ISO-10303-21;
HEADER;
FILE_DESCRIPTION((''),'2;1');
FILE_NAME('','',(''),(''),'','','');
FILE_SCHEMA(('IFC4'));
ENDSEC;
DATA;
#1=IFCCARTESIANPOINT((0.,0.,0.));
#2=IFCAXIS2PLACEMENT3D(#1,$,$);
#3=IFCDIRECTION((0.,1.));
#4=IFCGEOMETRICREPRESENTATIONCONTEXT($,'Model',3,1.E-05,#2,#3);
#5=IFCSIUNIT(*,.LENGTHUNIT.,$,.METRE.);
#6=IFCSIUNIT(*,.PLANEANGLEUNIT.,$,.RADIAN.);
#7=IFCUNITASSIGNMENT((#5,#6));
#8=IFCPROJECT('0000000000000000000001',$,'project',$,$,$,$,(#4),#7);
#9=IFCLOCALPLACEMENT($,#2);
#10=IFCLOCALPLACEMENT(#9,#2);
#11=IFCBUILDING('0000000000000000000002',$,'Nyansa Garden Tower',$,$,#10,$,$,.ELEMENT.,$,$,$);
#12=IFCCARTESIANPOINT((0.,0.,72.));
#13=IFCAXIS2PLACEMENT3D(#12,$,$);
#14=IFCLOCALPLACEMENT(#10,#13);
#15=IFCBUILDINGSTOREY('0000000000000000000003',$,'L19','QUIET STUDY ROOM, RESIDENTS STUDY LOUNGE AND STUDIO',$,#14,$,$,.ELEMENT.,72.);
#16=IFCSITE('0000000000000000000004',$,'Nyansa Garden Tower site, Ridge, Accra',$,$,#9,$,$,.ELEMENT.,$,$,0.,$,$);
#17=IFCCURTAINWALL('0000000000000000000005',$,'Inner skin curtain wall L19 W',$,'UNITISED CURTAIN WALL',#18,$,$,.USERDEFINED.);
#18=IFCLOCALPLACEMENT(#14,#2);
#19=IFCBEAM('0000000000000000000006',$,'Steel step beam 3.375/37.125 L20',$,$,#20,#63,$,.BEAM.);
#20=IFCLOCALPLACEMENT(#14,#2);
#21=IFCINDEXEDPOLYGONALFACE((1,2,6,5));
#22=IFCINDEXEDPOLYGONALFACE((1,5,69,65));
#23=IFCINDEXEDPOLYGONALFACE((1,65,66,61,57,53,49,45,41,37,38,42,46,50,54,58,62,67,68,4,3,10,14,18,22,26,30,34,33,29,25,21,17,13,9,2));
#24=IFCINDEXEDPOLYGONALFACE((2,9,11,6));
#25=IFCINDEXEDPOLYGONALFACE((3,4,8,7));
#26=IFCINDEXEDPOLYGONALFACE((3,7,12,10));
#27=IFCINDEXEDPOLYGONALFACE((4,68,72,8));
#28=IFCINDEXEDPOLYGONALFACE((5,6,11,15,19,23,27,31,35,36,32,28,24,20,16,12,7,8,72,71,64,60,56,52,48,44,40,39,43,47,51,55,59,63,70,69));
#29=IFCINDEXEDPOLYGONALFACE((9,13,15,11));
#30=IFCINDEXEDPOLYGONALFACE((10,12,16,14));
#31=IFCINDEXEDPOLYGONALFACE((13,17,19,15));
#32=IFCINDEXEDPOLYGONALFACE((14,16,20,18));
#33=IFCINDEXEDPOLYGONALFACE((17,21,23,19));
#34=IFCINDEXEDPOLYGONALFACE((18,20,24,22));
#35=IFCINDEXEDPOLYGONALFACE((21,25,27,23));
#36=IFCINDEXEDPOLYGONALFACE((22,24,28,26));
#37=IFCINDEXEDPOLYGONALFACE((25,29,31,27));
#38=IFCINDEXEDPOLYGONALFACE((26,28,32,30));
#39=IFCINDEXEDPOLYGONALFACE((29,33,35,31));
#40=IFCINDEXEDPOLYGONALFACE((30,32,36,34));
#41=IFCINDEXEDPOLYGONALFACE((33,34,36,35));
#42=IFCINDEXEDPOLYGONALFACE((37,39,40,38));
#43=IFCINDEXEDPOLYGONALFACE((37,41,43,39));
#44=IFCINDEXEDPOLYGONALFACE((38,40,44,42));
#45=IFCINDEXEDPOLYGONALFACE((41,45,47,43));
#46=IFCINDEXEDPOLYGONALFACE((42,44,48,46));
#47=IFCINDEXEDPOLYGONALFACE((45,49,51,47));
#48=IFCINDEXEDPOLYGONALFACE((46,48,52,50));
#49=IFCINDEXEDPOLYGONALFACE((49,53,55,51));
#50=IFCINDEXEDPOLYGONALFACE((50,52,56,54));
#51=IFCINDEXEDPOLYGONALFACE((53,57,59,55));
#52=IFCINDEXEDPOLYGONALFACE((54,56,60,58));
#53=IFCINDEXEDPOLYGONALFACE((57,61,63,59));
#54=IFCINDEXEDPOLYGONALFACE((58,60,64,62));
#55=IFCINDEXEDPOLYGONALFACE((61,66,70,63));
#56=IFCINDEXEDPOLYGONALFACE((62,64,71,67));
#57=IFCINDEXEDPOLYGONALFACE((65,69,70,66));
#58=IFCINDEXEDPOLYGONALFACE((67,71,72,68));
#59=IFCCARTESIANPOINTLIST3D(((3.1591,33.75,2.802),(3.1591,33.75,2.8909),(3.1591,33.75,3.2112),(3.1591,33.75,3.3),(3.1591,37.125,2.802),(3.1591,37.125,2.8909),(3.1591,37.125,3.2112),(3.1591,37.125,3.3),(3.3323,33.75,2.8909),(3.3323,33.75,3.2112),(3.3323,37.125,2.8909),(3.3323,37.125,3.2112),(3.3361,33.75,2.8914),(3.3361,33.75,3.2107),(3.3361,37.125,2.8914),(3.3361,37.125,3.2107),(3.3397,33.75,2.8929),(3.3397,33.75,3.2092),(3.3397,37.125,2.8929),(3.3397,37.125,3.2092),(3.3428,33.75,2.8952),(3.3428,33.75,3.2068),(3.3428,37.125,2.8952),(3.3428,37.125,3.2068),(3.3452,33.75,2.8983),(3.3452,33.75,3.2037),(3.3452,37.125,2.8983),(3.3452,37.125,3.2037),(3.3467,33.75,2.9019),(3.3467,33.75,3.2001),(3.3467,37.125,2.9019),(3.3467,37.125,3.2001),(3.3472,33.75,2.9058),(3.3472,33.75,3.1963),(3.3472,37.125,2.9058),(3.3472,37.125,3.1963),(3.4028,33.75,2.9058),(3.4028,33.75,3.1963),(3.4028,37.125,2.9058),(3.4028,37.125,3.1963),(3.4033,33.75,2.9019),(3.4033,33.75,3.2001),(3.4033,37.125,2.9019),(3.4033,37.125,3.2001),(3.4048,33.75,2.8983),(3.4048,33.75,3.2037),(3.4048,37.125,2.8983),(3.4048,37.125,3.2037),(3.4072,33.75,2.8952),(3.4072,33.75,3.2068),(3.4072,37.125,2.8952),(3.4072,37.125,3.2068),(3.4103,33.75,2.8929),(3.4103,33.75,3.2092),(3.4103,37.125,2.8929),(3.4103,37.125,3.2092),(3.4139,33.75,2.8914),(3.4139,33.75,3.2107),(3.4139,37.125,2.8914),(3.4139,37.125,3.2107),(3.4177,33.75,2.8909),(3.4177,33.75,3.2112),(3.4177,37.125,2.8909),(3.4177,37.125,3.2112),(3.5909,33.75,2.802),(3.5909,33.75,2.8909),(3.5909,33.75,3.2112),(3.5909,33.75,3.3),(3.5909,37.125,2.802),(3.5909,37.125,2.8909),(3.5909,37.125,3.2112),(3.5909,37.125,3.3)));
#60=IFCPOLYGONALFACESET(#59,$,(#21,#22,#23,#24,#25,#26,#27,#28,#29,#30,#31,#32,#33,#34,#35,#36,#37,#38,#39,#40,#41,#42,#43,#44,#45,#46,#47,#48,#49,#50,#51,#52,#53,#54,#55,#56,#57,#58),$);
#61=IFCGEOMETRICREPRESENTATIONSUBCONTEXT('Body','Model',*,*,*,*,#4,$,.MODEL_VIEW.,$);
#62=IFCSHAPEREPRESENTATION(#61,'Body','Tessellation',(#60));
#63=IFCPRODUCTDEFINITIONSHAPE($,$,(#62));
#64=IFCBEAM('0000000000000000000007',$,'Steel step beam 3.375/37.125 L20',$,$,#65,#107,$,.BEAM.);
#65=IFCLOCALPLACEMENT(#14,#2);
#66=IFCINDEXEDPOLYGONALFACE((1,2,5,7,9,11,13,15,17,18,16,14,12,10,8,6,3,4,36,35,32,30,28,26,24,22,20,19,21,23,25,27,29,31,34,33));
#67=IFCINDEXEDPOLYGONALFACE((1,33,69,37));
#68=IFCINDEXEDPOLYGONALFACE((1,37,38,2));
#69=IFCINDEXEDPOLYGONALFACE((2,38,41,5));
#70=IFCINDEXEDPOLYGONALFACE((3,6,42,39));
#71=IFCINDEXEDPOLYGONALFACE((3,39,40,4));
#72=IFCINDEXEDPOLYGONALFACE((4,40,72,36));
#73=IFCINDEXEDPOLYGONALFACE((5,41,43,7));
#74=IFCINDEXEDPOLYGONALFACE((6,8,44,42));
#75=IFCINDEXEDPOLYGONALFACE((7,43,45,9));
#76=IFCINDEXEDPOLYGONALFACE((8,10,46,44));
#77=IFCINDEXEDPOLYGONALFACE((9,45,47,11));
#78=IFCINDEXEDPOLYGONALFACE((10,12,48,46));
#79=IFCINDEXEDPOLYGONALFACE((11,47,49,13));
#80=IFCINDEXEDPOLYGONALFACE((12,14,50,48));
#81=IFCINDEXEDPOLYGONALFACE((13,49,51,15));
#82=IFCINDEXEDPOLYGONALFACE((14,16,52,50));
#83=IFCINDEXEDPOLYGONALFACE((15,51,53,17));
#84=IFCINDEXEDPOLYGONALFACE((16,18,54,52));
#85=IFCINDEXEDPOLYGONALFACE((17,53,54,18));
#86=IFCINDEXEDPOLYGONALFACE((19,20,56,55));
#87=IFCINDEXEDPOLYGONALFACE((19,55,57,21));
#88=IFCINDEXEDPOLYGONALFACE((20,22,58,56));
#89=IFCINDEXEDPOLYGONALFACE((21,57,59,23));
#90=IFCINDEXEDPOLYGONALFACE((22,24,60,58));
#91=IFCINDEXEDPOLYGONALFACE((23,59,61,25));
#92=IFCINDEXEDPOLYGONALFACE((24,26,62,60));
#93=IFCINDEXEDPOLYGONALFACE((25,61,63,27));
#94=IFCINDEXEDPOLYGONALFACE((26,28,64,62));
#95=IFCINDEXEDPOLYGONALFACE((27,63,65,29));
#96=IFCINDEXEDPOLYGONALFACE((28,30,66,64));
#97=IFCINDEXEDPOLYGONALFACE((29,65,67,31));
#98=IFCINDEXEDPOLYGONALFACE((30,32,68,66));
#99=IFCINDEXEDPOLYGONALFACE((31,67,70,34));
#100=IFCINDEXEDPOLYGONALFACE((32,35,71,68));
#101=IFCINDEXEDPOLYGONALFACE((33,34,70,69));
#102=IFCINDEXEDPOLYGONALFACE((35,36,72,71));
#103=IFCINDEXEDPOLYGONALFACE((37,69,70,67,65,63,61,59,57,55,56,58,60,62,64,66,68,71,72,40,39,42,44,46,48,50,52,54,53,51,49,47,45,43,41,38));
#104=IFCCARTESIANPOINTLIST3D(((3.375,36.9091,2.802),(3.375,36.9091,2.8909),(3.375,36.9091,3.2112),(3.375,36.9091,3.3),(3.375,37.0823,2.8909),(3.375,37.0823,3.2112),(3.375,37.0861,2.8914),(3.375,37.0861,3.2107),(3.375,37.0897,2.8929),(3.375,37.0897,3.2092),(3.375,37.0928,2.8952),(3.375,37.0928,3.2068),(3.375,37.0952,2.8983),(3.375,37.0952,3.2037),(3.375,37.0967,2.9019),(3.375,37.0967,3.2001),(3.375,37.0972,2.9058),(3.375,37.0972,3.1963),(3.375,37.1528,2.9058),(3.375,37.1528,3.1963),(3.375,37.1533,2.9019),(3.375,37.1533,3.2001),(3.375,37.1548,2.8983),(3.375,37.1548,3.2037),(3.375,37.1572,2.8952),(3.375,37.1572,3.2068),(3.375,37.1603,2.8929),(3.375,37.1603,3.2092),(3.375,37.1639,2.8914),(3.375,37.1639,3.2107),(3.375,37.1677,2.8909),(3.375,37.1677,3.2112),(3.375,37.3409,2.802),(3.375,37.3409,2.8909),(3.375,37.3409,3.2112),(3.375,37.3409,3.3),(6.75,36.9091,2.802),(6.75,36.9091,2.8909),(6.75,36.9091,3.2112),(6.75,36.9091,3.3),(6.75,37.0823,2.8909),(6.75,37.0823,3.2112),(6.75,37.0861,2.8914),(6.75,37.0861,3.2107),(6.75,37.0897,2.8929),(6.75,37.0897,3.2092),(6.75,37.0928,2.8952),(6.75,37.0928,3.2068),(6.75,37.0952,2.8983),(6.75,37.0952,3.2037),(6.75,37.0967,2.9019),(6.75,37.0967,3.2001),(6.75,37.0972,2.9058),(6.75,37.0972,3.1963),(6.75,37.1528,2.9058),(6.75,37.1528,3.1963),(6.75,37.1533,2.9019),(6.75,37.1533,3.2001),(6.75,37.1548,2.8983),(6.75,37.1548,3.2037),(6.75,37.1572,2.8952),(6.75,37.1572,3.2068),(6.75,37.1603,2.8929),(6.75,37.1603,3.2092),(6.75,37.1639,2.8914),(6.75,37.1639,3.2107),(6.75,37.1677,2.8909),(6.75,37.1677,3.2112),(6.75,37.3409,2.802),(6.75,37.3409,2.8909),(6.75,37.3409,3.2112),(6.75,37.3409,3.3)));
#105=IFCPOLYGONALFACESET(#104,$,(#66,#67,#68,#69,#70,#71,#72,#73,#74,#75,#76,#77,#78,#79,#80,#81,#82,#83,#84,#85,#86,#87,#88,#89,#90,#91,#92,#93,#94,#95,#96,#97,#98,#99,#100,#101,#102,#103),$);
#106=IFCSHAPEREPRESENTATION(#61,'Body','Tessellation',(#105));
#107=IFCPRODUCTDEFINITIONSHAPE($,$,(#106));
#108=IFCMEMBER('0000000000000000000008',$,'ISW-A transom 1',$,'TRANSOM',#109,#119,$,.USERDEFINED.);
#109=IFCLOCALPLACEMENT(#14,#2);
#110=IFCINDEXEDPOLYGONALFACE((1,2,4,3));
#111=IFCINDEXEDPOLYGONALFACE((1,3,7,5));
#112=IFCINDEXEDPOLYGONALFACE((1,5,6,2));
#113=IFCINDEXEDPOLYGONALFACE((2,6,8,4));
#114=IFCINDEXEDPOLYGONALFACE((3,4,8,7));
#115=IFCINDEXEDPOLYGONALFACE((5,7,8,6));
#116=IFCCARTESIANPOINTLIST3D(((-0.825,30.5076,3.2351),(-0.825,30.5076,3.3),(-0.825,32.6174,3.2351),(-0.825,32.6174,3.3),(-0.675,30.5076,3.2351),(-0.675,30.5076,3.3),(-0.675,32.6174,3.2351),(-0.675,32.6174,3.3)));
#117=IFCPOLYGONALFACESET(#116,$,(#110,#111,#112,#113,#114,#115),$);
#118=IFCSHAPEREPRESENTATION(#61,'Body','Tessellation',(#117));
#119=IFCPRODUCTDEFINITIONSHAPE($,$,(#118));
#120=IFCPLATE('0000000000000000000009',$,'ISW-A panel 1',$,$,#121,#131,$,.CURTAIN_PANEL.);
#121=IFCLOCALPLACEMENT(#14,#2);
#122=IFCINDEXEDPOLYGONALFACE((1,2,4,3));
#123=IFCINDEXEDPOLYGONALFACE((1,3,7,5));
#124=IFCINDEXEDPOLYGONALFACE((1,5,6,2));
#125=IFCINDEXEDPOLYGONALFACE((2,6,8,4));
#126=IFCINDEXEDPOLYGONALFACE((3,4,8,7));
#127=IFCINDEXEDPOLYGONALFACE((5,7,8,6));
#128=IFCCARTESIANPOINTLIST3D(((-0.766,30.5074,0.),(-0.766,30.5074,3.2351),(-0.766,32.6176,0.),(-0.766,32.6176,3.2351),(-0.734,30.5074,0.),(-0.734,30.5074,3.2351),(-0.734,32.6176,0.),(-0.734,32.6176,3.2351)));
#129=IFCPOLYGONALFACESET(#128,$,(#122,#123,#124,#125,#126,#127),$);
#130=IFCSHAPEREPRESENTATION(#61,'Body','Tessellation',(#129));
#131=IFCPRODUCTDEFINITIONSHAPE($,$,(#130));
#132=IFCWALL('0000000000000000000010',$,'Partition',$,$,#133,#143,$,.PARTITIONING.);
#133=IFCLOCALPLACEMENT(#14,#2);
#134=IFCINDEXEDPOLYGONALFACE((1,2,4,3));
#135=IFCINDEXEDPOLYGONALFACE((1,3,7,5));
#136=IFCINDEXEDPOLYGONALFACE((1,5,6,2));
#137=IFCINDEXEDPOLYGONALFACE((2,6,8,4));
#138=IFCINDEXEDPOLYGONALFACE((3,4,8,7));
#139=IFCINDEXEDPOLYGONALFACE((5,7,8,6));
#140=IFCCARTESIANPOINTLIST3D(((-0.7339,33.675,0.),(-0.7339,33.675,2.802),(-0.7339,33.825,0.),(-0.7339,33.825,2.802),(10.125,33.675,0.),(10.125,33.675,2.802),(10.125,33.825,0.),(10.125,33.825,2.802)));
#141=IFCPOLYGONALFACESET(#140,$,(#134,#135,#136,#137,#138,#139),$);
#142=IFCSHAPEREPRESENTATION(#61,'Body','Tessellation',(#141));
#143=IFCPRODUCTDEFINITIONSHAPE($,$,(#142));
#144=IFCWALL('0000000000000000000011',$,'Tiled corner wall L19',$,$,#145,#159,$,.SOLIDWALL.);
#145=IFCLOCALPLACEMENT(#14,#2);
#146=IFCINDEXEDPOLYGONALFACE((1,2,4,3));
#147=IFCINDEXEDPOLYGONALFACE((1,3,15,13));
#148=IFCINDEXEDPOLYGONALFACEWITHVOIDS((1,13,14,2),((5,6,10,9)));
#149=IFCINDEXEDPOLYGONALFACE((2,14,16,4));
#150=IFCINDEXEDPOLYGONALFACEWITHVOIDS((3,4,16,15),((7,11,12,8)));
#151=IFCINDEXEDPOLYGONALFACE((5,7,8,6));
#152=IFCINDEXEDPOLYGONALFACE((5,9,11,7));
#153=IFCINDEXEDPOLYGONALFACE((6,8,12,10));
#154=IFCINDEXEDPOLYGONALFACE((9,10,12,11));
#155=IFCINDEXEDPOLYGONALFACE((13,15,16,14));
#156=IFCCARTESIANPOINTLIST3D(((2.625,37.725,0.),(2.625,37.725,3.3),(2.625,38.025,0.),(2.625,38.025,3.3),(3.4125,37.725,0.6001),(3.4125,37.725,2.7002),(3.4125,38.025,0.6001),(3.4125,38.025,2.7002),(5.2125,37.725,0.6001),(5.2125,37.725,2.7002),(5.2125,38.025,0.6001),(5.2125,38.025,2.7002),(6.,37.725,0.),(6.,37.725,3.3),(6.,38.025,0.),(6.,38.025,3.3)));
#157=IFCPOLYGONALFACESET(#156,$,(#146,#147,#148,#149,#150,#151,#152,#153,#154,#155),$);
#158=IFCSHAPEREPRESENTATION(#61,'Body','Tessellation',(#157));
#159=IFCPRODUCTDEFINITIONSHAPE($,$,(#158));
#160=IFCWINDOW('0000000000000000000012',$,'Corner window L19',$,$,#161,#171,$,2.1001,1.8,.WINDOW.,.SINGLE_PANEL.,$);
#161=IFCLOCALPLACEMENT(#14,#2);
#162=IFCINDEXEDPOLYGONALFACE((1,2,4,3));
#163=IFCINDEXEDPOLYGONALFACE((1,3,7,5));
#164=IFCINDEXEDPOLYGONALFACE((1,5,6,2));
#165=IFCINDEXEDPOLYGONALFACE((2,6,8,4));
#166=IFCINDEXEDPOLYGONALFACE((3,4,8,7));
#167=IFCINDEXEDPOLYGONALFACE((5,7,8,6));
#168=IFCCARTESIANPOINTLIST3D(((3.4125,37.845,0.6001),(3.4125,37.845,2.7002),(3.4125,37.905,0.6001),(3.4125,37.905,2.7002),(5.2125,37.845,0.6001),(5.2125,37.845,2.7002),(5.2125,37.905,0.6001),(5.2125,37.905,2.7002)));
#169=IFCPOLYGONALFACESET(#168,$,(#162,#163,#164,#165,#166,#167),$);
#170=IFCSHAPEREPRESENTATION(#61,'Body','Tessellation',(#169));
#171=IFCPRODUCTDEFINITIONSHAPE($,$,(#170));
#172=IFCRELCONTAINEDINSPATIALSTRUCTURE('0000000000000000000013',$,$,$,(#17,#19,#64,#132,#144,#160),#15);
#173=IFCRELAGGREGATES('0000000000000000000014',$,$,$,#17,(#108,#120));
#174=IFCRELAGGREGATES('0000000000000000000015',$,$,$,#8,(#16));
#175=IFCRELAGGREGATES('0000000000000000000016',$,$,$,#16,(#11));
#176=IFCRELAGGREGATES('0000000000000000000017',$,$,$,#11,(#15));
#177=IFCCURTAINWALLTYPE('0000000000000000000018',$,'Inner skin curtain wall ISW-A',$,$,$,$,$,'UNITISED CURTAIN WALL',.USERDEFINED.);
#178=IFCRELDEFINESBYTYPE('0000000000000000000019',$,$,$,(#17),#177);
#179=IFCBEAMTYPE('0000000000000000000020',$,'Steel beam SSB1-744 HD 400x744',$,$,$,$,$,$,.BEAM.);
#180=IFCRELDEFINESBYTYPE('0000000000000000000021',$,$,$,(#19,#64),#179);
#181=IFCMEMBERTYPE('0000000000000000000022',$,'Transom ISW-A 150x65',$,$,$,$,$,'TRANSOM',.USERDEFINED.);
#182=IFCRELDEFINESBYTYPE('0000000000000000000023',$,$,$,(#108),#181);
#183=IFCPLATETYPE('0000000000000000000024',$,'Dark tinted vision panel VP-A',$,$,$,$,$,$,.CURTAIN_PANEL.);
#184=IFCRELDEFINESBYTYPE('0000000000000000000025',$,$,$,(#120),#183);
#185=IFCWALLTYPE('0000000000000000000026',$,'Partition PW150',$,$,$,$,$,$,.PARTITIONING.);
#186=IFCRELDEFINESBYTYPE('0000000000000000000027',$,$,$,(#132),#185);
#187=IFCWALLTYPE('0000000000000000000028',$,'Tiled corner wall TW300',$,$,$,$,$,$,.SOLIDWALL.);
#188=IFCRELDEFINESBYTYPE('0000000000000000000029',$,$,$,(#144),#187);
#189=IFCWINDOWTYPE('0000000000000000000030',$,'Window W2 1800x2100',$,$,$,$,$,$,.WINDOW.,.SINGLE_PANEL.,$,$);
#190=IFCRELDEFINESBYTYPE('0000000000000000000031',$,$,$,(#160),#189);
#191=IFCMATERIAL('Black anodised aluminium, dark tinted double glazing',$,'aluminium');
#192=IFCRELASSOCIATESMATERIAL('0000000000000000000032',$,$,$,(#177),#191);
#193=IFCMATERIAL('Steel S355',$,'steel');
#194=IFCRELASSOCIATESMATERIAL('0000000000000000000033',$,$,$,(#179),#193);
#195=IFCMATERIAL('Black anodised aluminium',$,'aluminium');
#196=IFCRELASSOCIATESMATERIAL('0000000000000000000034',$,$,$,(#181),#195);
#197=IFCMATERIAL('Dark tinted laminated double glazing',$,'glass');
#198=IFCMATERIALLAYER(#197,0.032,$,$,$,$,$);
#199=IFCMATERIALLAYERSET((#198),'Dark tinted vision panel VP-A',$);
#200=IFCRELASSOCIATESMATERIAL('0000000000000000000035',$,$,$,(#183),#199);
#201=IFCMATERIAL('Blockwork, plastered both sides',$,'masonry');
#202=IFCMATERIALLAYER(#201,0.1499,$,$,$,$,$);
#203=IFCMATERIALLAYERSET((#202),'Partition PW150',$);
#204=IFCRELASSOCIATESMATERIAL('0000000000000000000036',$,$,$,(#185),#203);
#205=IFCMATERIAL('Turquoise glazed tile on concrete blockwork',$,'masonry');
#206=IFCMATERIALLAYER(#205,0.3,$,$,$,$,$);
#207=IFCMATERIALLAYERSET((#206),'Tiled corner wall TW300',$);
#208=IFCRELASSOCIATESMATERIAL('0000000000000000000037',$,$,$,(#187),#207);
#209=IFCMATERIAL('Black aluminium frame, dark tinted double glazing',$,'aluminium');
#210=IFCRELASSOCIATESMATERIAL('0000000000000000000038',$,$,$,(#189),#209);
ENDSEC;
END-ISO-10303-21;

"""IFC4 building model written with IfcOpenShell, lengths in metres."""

from ifc_helpers import new_model, si_unit, direction, frame, frame_2d, origin, origin_2d, place, context, subcontext, project, spatial, rectangle, i_section, extrude, material, layer, layer_set, material_profile, profile_set, type_object, element, fill, aggregate, save


model = new_model("IFC4")

# Units and contexts
model_context = context("Model", 3, precision=1e-05, world=origin(), true_north=direction((0.0, 1.0)))
body_context = subcontext(model_context, "Body", "Model", "MODEL_VIEW")
ifc_project = project(units=[si_unit("LENGTHUNIT", "METRE"), si_unit("PLANEANGLEUNIT", "RADIAN")], contexts=[model_context])

# Site, building, storey
site_placement = place(None, origin())
site = spatial("IfcSite", under=ifc_project, at=site_placement, Name="Nyansa Garden Tower site, Ridge, Accra", CompositionType="ELEMENT", RefElevation=0.0)
building_placement = place(site_placement, origin())
building = spatial("IfcBuilding", under=site, at=building_placement, Name="Nyansa Garden Tower", CompositionType="ELEMENT")
storey_placement = place(building_placement, frame((0.0, 0.0, 72.0)))
storey = spatial("IfcBuildingStorey", under=building, at=storey_placement, Name="L19", Description="QUIET STUDY ROOM, RESIDENTS STUDY LOUNGE AND STUDIO", CompositionType="ELEMENT", Elevation=72.0)

# Curtain wall
ifc_material_1 = material(Name="Black anodised aluminium, dark tinted double glazing", Category="aluminium")
curtain_wall_type = type_object("IfcCurtainWallType", Name="Inner skin curtain wall ISW-A", ElementType="UNITISED CURTAIN WALL", PredefinedType="USERDEFINED", material=ifc_material_1)
curtain_wall_placement = place(storey_placement, origin())
curtain_wall = element("IfcCurtainWall", 1, at=curtain_wall_placement, inside=storey, type_object=curtain_wall_type, Name="Inner skin curtain wall L19 W", ObjectType="UNITISED CURTAIN WALL", PredefinedType="USERDEFINED")

# Beams
ifc_material_2 = material(Name="Steel S355", Category="steel")
ifc_material_profile_1 = material_profile(ifc_material_2, i_section(OverallWidth=0.4319, OverallDepth=0.498, WebThickness=0.0557, FlangeThickness=0.0889, FilletRadius=0.0149, at=origin_2d()), Name="HD 400x744")
ifc_profile_set_1 = profile_set([ifc_material_profile_1], Name="Steel S355")
beam_type_1 = type_object("IfcBeamType", Name="Steel beam SSB1-744 HD 400x744", PredefinedType="BEAM", material=ifc_profile_set_1)
for number, where, z_axis, x_axis, name in (
    (2, (3.375, 37.125, 3.051), (0.0, -1.0, 0.0), (1.0, 0.0, 0.0), "Steel step beam 3.375/37.125 L20"),
    (3, (3.375, 37.125, 3.051), (1.0, 0.0, 0.0), (0.0, 1.0, 0.0), "Steel step beam 3.375/37.125 L20"),
):
    element("IfcBeam", number, at=place(storey_placement, frame(where, z_axis=z_axis, x_axis=x_axis)), inside=storey, type_object=beam_type_1, Name=name, PredefinedType="BEAM", context=body_context, shape_type="SweptSolid", body=[
        extrude(i_section(OverallWidth=0.4319, OverallDepth=0.498, WebThickness=0.0557, FlangeThickness=0.0889, FilletRadius=0.0149, at=origin_2d()), origin(), (0.0, 0.0, 1.0), 3.375),
    ])

# Member
ifc_material_3 = material(Name="Black anodised aluminium", Category="aluminium")
ifc_material_profile_2 = material_profile(ifc_material_3, rectangle(XDim=0.1499, YDim=0.0649, at=origin_2d()), Name="Transom 150x65")
ifc_profile_set_2 = profile_set([ifc_material_profile_2], Name="Black anodised aluminium")
member_type_1 = type_object("IfcMemberType", Name="Transom ISW-A 150x65", ElementType="TRANSOM", PredefinedType="USERDEFINED", material=ifc_profile_set_2)
member_1_placement = place(storey_placement, frame((-0.75, 32.6174, 3.2676), z_axis=(0.0, -1.0, 0.0), x_axis=(1.0, 0.0, 0.0)))
member_1 = element("IfcMember", 4, at=member_1_placement, type_object=member_type_1, Name="ISW-A transom 1", ObjectType="TRANSOM", PredefinedType="USERDEFINED", context=body_context, shape_type="SweptSolid", body=[
    extrude(rectangle(XDim=0.1499, YDim=0.0649, at=origin_2d()), origin(), (0.0, 0.0, 1.0), 2.1099),
])

# Plate
ifc_material_4 = material(Name="Dark tinted laminated double glazing", Category="glass")
ifc_layer_1 = layer(ifc_material_4, 0.032)
ifc_layer_set_1 = layer_set([ifc_layer_1], Name="Dark tinted vision panel VP-A")
plate_type = type_object("IfcPlateType", Name="Dark tinted vision panel VP-A", PredefinedType="CURTAIN_PANEL", material=ifc_layer_set_1)
plate_placement = place(storey_placement, frame((-0.75, 31.5625, 0.0), z_axis=(0.0, 0.0, 1.0), x_axis=(0.0, -1.0, 0.0)))
plate = element("IfcPlate", 5, at=plate_placement, type_object=plate_type, Name="ISW-A panel 1", PredefinedType="CURTAIN_PANEL", context=body_context, shape_type="SweptSolid", body=[
    extrude(rectangle(XDim=2.1101, YDim=0.032, at=origin_2d()), origin(), (0.0, 0.0, 1.0), 3.2351),
])
aggregate(curtain_wall, [member_1, plate])

# Wall
ifc_material_5 = material(Name="Blockwork, plastered both sides", Category="masonry")
ifc_layer_2 = layer(ifc_material_5, 0.1499)
ifc_layer_set_2 = layer_set([ifc_layer_2], Name="Partition PW150")
wall_type_1 = type_object("IfcWallType", Name="Partition PW150", PredefinedType="PARTITIONING", material=ifc_layer_set_2)
wall_1_placement = place(storey_placement, frame((-0.7339, 33.75, 0.0), z_axis=(0.0, 0.0, 1.0), x_axis=(1.0, 0.0, 0.0)))
element("IfcWall", 6, at=wall_1_placement, inside=storey, type_object=wall_type_1, Name="Partition", PredefinedType="PARTITIONING", context=body_context, shape_type="SweptSolid", body=[
    extrude(rectangle(XDim=10.8589, YDim=0.1499, at=frame_2d((5.4294, 0.0))), origin(), (0.0, 0.0, 1.0), 2.802),
])

# Wall, opening, window
ifc_material_6 = material(Name="Turquoise glazed tile on concrete blockwork", Category="masonry")
ifc_layer_3 = layer(ifc_material_6, 0.3)
ifc_layer_set_3 = layer_set([ifc_layer_3], Name="Tiled corner wall TW300")
wall_type_2 = type_object("IfcWallType", Name="Tiled corner wall TW300", PredefinedType="SOLIDWALL", material=ifc_layer_set_3)
wall_2_placement = place(storey_placement, frame((6.0, 37.875, 0.0), z_axis=(0.0, 0.0, 1.0), x_axis=(-1.0, 0.0, 0.0)))
wall_2 = element("IfcWall", 7, at=wall_2_placement, inside=storey, type_object=wall_type_2, Name="Tiled corner wall L19", PredefinedType="SOLIDWALL", context=body_context, shape_type="SweptSolid", body=[
    extrude(rectangle(XDim=3.375, YDim=0.3, at=frame_2d((1.6875, 0.0))), origin(), (0.0, 0.0, 1.0), 3.3),
])
opening_1_placement = place(wall_2_placement, frame((0.7876, 0.0, 0.6001)))
opening_1 = element("IfcOpeningElement", 8, at=opening_1_placement, cuts=wall_2, PredefinedType="OPENING", context=body_context, shape_type="SweptSolid", body=[
    extrude(rectangle(XDim=1.8, YDim=2.1001, at=frame_2d((0.8999, 1.05))), frame((0.0, 0.1599, 0.0), z_axis=(0.0, -1.0, 0.0), x_axis=(1.0, 0.0, 0.0)), (0.0, 0.0, 1.0), 0.3201),
])
ifc_material_7 = material(Name="Black aluminium frame, dark tinted double glazing", Category="aluminium")
window_type_1 = type_object("IfcWindowType", Name="Window W2 1800x2100", PartitioningType="SINGLE_PANEL", PredefinedType="WINDOW", material=ifc_material_7)
window_1_placement = place(opening_1_placement, origin())
window_1 = element("IfcWindow", 9, at=window_1_placement, inside=storey, type_object=window_type_1, Name="Corner window L19", OverallHeight=2.1001, OverallWidth=1.8, PartitioningType="SINGLE_PANEL", PredefinedType="WINDOW", context=body_context, shape_type="SweptSolid", body=[
    extrude(rectangle(XDim=1.8, YDim=2.1001, at=frame_2d((0.8999, 1.05))), frame((0.0, 0.03, 0.0), z_axis=(0.0, -1.0, 0.0), x_axis=(1.0, 0.0, 0.0)), (0.0, 0.0, 1.0), 0.0601),
])
fill(opening_1, window_1)

save(model, "model.ifc")
